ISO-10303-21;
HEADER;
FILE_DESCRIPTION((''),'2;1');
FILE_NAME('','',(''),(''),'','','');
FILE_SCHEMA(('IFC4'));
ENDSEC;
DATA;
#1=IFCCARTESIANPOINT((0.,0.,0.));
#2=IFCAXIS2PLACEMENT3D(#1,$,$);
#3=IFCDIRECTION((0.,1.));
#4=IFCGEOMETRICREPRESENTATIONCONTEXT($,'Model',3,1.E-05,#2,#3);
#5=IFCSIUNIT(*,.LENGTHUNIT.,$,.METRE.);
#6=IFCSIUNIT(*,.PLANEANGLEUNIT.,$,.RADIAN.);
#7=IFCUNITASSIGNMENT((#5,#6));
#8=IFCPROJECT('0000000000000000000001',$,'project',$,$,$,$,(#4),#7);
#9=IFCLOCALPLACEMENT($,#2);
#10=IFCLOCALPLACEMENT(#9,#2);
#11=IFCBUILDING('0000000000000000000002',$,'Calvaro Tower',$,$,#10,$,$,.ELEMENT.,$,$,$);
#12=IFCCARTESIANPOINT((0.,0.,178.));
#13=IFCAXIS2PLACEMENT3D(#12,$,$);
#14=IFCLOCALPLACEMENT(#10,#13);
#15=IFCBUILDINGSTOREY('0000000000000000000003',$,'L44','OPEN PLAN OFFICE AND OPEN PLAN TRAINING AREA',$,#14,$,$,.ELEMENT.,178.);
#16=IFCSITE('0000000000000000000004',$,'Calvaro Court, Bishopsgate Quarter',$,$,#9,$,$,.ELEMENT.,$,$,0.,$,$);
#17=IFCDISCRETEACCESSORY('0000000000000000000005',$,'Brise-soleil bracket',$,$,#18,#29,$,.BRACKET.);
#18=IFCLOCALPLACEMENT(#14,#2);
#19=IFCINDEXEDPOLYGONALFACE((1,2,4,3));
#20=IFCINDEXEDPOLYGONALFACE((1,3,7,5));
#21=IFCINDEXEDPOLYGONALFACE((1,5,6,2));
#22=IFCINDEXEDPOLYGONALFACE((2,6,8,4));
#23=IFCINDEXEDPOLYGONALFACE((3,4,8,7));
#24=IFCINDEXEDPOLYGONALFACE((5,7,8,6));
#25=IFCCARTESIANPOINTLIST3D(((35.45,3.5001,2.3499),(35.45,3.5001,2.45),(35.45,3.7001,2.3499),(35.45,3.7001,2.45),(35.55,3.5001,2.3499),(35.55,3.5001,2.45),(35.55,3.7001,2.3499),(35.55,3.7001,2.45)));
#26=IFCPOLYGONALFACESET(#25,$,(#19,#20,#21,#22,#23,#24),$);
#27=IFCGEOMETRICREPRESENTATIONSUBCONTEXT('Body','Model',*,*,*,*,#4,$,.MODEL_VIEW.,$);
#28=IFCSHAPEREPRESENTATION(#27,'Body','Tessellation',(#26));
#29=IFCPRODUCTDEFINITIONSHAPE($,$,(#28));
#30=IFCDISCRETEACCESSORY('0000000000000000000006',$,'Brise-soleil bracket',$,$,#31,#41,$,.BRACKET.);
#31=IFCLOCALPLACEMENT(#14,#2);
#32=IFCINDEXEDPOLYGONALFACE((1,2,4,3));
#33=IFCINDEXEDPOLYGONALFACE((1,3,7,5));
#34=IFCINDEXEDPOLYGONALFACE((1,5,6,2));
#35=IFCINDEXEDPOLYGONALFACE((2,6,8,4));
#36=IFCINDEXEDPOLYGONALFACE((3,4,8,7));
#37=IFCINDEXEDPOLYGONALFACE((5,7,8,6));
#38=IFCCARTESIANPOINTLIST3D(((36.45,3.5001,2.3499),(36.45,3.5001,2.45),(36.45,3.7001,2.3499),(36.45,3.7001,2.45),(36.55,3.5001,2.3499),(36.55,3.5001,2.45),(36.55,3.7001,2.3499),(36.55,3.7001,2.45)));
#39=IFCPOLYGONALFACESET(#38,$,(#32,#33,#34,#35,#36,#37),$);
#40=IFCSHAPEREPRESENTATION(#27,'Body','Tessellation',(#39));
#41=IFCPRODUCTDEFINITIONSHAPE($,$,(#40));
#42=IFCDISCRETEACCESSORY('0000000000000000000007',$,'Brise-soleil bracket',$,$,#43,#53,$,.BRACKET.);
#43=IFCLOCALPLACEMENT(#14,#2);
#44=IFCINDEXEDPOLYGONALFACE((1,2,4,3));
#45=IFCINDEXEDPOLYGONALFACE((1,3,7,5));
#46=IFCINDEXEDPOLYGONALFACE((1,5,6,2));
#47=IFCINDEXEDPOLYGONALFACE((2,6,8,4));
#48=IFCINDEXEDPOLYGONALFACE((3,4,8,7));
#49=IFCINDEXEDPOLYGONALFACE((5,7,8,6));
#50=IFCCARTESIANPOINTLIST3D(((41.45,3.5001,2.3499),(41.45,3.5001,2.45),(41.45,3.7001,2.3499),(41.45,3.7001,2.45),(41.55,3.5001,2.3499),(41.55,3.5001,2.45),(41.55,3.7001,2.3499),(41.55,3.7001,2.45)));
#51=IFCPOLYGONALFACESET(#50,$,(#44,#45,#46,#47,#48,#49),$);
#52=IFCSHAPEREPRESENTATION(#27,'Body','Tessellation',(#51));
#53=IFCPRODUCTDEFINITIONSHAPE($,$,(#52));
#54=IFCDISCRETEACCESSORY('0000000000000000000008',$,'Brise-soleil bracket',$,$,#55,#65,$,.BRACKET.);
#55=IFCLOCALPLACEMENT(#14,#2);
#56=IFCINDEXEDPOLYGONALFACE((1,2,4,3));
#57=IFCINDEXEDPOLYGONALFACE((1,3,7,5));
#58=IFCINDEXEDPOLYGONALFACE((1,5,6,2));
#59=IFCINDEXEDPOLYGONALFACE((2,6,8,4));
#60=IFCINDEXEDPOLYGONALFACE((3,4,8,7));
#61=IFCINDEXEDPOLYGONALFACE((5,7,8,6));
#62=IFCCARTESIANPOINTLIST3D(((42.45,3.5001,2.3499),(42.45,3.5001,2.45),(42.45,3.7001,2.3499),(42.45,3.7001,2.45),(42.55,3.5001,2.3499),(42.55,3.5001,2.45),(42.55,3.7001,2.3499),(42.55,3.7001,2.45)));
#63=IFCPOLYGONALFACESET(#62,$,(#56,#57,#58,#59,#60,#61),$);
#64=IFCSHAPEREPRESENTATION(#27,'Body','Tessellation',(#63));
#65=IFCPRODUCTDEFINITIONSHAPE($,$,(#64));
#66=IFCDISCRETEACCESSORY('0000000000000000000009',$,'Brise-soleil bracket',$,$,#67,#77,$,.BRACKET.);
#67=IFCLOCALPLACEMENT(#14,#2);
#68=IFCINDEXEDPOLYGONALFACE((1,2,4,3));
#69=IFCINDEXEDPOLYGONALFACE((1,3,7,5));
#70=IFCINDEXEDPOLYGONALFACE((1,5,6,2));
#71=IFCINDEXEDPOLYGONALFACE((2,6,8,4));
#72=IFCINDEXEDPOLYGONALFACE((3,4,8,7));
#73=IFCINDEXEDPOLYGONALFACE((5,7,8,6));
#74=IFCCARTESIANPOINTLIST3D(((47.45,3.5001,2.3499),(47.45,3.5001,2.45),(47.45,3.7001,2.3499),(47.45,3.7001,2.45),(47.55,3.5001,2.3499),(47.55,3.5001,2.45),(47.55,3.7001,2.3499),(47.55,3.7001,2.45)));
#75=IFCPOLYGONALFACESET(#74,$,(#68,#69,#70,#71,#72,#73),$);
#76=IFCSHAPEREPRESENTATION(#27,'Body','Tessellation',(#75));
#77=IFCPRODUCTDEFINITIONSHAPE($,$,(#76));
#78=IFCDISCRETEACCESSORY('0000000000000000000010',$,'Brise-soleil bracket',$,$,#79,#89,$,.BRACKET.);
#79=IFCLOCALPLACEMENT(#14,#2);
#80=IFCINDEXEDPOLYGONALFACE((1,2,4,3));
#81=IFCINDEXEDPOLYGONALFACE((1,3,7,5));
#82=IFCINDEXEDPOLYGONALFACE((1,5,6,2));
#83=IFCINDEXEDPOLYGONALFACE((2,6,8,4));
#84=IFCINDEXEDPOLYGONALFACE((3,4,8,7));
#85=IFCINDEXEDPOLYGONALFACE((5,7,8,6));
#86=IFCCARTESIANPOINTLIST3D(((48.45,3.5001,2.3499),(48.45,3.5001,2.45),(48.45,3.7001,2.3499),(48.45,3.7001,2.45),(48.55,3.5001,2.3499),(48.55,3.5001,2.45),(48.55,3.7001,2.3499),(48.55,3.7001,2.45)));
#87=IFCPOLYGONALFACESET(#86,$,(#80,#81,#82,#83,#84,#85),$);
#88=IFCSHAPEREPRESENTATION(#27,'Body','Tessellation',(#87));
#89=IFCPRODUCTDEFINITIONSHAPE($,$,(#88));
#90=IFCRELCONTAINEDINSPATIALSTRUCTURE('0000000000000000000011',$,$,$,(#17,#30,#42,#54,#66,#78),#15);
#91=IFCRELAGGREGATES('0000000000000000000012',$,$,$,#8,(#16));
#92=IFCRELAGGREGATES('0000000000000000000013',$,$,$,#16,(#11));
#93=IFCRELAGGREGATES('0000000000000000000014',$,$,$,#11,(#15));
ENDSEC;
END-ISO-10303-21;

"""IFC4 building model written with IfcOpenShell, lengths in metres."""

from ifc_helpers import new_model, si_unit, direction, frame, origin, origin_2d, place, context, subcontext, project, spatial, rectangle, extrude, element, save


model = new_model("IFC4")

# Units and contexts
model_context = context("Model", 3, precision=1e-05, world=origin(), true_north=direction((0.0, 1.0)))
body_context = subcontext(model_context, "Body", "Model", "MODEL_VIEW")
ifc_project = project(units=[si_unit("LENGTHUNIT", "METRE"), si_unit("PLANEANGLEUNIT", "RADIAN")], contexts=[model_context])

# Site, building, storey
site_placement = place(None, origin())
site = spatial("IfcSite", under=ifc_project, at=site_placement, Name="Calvaro Court, Bishopsgate Quarter", CompositionType="ELEMENT", RefElevation=0.0)
building_placement = place(site_placement, origin())
building = spatial("IfcBuilding", under=site, at=building_placement, Name="Calvaro Tower", CompositionType="ELEMENT")
storey_placement = place(building_placement, frame((0.0, 0.0, 178.0)))
storey = spatial("IfcBuildingStorey", under=building, at=storey_placement, Name="L44", Description="OPEN PLAN OFFICE AND OPEN PLAN TRAINING AREA", CompositionType="ELEMENT", Elevation=178.0)

# Discrete accessories
for number, where, z_axis, x_axis, name in (
    (1, (35.5, 3.6001, 2.3499), (0.0, 0.0, 1.0), (1.0, 0.0, 0.0), "Brise-soleil bracket"),
    (2, (36.5, 3.6001, 2.3499), (0.0, 0.0, 1.0), (1.0, 0.0, 0.0), "Brise-soleil bracket"),
    (3, (41.5, 3.6001, 2.3499), (0.0, 0.0, 1.0), (1.0, 0.0, 0.0), "Brise-soleil bracket"),
    (4, (42.5, 3.6001, 2.3499), (0.0, 0.0, 1.0), (1.0, 0.0, 0.0), "Brise-soleil bracket"),
    (5, (47.5, 3.6001, 2.3499), (0.0, 0.0, 1.0), (1.0, 0.0, 0.0), "Brise-soleil bracket"),
    (6, (48.5, 3.6001, 2.3499), (0.0, 0.0, 1.0), (1.0, 0.0, 0.0), "Brise-soleil bracket"),
):
    element("IfcDiscreteAccessory", number, at=place(storey_placement, frame(where, z_axis=z_axis, x_axis=x_axis)), inside=storey, Name=name, PredefinedType="BRACKET", context=body_context, shape_type="SweptSolid", body=[
        extrude(rectangle(XDim=0.1001, YDim=0.2, at=origin_2d()), origin(), (0.0, 0.0, 1.0), 0.1001),
    ])

save(model, "model.ifc")
